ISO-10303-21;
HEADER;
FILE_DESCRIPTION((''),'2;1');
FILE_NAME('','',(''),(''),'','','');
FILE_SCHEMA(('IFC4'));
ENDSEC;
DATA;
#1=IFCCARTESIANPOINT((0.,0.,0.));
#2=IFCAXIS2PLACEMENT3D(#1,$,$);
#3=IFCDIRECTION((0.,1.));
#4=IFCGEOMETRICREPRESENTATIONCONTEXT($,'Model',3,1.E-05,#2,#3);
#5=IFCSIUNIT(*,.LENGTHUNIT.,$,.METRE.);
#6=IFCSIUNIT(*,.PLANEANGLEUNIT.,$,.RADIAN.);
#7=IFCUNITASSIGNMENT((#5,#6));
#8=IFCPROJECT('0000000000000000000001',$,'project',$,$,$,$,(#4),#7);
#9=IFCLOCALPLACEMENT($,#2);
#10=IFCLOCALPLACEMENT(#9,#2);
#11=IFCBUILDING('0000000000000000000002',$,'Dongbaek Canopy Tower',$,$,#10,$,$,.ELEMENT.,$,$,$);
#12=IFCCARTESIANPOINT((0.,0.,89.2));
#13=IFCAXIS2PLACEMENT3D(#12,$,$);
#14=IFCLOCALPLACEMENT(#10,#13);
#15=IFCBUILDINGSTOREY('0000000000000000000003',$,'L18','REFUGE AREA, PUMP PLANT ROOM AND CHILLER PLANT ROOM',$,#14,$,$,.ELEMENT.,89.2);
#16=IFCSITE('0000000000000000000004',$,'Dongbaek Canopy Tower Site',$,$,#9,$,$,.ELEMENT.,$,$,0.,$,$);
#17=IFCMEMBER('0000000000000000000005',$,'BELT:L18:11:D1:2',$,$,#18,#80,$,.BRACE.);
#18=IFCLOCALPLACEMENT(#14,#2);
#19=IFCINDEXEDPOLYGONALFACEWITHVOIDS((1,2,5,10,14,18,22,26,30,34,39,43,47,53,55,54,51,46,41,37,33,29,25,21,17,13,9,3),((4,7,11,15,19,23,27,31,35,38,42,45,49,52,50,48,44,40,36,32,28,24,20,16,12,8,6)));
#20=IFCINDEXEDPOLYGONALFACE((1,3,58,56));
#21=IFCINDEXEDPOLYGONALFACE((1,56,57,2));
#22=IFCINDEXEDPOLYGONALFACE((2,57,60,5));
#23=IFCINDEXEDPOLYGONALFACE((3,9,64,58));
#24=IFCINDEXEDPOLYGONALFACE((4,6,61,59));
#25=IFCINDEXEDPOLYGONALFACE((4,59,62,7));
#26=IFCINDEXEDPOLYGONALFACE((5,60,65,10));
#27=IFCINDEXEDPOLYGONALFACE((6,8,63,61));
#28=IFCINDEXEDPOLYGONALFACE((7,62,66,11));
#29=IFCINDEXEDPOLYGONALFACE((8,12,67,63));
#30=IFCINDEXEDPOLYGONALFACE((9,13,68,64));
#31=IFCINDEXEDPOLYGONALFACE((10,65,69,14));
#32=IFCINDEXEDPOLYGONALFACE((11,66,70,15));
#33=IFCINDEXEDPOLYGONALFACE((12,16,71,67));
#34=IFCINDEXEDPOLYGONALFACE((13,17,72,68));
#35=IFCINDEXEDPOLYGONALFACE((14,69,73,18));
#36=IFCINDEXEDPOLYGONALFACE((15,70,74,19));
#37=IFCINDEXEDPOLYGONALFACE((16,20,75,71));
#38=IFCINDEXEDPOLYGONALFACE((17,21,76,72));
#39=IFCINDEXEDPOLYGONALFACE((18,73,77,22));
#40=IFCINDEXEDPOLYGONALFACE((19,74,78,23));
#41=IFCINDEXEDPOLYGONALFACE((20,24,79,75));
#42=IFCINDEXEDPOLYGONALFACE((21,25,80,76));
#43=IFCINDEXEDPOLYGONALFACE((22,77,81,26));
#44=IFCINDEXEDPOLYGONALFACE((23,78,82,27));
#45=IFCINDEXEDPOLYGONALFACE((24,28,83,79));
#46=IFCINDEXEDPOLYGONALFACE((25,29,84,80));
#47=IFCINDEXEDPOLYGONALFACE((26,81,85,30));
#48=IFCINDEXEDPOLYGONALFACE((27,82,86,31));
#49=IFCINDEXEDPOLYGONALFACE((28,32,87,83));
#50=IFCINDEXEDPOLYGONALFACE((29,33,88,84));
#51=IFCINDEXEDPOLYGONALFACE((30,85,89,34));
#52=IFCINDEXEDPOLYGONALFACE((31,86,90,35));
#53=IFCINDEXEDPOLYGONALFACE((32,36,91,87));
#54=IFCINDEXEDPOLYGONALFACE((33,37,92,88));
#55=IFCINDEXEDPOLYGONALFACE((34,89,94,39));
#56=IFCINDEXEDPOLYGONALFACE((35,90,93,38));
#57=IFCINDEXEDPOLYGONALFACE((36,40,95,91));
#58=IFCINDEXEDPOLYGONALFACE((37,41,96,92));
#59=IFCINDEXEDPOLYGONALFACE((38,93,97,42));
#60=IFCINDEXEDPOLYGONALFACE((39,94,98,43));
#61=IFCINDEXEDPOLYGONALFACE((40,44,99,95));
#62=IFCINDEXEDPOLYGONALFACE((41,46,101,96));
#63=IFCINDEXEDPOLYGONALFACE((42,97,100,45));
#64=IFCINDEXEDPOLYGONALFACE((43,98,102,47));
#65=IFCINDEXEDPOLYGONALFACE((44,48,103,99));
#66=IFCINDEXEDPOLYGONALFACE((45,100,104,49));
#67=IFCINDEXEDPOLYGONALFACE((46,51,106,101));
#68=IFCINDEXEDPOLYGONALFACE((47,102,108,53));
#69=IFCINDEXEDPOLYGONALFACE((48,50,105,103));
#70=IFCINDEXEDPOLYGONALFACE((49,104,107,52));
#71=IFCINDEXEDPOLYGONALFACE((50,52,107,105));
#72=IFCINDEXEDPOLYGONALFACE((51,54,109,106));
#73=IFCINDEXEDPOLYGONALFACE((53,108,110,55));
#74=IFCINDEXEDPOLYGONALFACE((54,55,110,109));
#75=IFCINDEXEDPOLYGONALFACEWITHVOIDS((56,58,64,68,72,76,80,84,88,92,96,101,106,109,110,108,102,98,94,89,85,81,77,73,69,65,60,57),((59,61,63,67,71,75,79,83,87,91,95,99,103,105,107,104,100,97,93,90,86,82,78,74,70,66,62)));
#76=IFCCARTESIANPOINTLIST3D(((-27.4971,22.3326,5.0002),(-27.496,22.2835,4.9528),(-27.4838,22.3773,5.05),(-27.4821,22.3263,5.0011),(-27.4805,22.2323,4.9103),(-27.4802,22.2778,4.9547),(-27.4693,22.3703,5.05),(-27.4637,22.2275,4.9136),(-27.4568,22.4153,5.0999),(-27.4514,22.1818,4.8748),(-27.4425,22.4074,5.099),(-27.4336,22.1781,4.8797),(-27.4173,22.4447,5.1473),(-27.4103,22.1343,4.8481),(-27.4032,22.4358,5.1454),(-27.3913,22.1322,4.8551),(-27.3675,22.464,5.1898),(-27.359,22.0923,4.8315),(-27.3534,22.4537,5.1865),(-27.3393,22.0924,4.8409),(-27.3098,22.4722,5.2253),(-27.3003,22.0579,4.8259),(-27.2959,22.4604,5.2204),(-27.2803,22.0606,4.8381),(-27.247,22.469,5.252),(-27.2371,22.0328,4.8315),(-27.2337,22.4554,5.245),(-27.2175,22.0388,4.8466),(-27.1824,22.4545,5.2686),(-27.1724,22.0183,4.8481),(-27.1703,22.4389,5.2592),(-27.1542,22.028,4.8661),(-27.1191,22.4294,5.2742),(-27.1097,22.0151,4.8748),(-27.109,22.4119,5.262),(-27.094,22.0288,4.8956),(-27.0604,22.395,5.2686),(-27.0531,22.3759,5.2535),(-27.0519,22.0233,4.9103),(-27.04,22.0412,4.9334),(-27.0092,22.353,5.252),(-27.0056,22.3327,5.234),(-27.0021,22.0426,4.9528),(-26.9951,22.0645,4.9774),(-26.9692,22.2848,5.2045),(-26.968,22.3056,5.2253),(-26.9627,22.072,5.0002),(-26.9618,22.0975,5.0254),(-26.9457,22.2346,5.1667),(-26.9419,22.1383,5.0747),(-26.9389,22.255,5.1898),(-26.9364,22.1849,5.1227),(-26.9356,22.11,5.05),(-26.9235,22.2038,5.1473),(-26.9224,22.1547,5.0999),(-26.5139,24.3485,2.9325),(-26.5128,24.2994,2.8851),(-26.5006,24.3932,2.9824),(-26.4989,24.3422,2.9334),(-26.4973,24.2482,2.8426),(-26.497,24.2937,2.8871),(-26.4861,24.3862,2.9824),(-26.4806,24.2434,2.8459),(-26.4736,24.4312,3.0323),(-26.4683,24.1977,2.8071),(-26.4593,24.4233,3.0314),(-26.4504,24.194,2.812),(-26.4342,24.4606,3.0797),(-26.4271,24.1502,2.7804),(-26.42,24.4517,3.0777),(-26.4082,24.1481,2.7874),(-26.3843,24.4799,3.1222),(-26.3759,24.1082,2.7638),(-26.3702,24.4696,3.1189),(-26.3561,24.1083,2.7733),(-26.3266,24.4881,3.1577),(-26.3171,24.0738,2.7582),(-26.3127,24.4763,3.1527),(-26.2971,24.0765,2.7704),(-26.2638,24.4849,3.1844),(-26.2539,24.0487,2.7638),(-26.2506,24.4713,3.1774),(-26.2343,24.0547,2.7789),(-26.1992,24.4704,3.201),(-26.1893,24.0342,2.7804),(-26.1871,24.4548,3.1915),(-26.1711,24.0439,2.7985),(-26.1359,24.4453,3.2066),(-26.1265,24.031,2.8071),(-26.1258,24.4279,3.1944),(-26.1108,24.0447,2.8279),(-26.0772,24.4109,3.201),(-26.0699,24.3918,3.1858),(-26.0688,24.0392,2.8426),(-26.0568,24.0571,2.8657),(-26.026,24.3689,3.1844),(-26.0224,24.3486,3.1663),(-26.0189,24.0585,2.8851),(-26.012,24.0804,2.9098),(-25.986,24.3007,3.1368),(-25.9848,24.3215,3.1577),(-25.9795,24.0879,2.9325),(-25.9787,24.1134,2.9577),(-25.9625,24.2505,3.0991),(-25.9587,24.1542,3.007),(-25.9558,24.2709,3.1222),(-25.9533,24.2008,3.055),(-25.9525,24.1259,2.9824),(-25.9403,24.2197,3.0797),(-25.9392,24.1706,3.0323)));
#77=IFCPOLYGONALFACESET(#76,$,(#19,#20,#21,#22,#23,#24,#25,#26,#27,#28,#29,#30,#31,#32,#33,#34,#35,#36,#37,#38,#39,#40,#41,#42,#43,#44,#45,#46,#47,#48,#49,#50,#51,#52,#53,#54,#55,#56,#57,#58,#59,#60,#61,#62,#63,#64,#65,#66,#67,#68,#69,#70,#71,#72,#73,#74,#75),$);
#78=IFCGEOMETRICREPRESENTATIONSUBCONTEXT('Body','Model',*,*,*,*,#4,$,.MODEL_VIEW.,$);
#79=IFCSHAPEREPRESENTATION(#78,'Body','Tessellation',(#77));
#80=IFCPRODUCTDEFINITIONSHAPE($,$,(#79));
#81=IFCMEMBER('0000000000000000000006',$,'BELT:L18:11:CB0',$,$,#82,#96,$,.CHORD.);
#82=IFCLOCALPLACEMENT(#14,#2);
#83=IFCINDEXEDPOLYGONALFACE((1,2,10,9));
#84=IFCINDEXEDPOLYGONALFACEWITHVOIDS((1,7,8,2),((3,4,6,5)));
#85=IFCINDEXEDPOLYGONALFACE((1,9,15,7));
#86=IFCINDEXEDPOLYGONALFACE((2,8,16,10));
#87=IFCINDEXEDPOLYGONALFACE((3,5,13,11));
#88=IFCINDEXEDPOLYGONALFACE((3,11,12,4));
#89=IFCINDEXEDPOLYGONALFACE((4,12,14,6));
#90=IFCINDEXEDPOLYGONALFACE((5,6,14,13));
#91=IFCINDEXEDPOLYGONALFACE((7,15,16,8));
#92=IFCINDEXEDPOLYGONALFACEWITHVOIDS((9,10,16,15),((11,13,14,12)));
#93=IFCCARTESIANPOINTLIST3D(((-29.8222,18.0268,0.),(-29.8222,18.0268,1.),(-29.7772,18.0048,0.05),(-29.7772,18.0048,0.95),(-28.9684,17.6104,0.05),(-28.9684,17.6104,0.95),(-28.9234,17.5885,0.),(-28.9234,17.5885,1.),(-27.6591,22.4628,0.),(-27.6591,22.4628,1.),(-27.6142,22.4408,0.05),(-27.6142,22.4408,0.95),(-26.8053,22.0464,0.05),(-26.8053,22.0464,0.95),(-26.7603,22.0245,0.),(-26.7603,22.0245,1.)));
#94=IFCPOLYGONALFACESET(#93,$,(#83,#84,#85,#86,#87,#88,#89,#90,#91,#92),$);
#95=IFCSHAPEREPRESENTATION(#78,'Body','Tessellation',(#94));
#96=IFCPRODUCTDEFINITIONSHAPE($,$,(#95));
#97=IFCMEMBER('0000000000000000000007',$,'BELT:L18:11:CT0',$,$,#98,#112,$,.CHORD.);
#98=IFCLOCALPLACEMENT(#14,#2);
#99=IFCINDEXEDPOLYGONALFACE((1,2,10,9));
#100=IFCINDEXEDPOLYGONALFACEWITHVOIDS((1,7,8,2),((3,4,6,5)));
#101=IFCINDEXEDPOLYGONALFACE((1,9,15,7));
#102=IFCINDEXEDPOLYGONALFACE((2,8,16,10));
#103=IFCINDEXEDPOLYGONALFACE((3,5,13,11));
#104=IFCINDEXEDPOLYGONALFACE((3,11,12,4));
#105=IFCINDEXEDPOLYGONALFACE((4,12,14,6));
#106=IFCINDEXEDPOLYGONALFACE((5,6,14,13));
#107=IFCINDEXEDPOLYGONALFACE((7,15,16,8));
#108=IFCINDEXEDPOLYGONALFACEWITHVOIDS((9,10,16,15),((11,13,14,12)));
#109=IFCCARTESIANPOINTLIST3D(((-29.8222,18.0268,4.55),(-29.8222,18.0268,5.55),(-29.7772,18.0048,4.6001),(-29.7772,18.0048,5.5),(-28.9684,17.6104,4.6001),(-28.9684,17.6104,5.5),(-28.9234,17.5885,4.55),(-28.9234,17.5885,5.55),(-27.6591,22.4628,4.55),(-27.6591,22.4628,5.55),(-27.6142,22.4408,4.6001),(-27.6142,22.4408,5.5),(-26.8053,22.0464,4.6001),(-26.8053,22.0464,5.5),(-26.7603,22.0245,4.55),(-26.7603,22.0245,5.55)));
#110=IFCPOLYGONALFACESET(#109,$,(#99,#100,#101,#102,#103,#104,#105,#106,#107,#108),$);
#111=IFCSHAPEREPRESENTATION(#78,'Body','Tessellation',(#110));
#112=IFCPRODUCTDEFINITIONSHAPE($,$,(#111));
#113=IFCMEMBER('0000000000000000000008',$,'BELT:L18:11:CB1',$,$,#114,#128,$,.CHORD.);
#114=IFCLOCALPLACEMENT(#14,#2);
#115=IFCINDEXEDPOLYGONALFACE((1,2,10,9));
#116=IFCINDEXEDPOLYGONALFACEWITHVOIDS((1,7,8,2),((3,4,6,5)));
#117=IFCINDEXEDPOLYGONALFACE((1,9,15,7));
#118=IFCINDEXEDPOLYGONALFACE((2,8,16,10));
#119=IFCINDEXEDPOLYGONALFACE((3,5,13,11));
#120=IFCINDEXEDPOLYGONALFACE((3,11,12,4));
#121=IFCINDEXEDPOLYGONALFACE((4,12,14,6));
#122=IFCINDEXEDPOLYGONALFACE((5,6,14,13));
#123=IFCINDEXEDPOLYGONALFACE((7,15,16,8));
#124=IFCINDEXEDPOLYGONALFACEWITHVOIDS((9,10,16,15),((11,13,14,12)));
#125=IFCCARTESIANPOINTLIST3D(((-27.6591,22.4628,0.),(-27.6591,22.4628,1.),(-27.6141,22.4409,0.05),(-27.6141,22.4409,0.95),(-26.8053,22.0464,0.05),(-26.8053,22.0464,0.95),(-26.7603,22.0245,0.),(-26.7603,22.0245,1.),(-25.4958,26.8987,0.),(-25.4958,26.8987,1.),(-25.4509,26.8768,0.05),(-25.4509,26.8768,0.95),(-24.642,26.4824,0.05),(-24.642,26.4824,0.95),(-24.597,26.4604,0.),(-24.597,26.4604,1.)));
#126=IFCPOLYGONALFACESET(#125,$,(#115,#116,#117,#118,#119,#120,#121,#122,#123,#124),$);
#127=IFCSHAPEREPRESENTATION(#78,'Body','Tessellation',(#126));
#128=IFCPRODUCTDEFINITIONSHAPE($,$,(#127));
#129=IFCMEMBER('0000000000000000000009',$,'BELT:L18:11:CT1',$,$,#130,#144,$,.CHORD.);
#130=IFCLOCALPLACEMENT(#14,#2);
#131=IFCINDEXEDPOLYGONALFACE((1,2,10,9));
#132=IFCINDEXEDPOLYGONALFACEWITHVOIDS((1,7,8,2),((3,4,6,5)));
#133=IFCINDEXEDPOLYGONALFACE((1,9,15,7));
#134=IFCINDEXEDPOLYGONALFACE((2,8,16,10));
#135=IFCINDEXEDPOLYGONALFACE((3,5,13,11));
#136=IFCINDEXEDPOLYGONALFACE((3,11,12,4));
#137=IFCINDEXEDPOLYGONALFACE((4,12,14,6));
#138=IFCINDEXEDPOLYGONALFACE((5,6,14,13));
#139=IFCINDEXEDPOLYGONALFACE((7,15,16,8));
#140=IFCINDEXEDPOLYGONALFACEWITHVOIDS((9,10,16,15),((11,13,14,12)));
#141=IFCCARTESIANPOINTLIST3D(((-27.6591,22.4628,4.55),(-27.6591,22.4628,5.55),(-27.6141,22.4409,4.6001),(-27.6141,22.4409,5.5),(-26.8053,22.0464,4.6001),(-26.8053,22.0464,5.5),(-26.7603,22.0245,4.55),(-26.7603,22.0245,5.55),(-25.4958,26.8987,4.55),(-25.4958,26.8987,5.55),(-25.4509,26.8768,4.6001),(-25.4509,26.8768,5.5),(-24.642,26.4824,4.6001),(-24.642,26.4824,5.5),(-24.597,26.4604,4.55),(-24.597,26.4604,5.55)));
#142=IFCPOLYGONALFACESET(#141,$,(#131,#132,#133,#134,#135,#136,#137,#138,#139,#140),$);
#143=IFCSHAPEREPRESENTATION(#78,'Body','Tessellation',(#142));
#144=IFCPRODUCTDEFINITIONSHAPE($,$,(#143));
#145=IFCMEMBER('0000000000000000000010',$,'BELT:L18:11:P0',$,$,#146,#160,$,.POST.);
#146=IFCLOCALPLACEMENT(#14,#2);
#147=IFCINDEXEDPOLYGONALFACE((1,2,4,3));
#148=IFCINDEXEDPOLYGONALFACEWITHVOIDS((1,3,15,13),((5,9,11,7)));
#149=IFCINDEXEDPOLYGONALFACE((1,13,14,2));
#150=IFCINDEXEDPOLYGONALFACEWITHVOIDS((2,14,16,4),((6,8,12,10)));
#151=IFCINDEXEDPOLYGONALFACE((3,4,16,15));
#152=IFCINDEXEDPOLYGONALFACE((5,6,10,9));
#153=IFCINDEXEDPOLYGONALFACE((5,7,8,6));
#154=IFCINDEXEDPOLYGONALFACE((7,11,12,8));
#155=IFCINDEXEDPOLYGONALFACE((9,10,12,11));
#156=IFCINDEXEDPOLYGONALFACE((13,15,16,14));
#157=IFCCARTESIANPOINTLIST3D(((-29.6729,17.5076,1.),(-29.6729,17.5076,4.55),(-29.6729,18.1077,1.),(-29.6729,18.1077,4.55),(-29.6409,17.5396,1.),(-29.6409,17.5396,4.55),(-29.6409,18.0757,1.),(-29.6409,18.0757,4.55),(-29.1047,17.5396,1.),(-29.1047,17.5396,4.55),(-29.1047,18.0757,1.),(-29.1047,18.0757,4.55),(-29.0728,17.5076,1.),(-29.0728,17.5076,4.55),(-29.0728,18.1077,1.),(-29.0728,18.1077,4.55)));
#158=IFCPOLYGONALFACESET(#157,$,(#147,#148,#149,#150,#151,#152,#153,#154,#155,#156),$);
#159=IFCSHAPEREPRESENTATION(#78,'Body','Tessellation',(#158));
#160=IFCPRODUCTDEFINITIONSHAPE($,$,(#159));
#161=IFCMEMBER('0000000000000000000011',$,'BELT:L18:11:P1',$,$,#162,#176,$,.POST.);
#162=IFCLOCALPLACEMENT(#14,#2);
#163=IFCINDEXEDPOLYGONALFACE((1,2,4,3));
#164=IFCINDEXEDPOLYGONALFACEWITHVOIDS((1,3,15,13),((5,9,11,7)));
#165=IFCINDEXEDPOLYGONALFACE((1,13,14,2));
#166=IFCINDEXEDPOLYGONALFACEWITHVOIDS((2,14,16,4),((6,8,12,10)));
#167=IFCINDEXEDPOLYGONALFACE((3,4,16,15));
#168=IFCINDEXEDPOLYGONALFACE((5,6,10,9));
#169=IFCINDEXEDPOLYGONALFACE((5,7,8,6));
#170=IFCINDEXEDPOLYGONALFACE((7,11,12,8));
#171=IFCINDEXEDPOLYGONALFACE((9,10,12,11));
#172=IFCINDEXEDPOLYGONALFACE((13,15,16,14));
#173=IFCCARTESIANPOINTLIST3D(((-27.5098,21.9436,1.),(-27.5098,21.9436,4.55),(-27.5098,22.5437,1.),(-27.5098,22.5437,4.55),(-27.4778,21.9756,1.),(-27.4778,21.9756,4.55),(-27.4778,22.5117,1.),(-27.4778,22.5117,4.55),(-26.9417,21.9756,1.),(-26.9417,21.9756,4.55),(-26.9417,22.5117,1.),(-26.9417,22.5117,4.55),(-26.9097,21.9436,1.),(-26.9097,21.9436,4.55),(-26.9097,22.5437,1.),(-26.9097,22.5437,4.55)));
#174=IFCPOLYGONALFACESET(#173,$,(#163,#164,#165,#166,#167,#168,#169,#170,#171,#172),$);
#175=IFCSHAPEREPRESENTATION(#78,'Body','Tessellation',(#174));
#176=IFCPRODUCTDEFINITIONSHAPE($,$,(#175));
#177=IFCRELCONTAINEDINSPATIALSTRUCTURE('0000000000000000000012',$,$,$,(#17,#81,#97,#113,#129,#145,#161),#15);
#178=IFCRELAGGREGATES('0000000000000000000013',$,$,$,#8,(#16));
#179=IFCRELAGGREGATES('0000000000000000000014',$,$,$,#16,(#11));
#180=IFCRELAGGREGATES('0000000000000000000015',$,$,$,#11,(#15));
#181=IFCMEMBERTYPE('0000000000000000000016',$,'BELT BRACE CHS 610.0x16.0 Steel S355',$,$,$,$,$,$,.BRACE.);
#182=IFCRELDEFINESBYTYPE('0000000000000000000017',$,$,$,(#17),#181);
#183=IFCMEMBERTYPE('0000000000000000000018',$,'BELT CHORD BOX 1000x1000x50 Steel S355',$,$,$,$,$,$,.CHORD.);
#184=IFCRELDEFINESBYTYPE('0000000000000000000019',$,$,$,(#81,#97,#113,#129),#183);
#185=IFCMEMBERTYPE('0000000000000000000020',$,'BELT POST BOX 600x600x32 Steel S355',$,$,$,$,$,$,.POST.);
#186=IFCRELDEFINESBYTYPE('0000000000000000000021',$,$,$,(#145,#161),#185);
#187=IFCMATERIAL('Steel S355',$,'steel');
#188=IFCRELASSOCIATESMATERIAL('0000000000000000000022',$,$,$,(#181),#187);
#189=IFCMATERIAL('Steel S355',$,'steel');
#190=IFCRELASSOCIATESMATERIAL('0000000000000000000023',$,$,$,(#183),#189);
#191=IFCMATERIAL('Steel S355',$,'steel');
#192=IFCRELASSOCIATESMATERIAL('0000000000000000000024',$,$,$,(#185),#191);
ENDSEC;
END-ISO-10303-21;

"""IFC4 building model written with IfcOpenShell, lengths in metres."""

from ifc_helpers import new_model, si_unit, direction, frame, origin, origin_2d, place, context, subcontext, project, spatial, hollow_rectangle, hollow_circle, extrude, material, material_profile, profile_set, type_object, element, save


model = new_model("IFC4")

# Units and contexts
model_context = context("Model", 3, precision=1e-05, world=origin(), true_north=direction((0.0, 1.0)))
body_context = subcontext(model_context, "Body", "Model", "MODEL_VIEW")
ifc_project = project(units=[si_unit("LENGTHUNIT", "METRE"), si_unit("PLANEANGLEUNIT", "RADIAN")], contexts=[model_context])

# Site, building, storey
site_placement = place(None, origin())
site = spatial("IfcSite", under=ifc_project, at=site_placement, Name="Dongbaek Canopy Tower Site", CompositionType="ELEMENT", RefElevation=0.0)
building_placement = place(site_placement, origin())
building = spatial("IfcBuilding", under=site, at=building_placement, Name="Dongbaek Canopy Tower", CompositionType="ELEMENT")
storey_placement = place(building_placement, frame((0.0, 0.0, 89.2)))
storey = spatial("IfcBuildingStorey", under=building, at=storey_placement, Name="L18", Description="REFUGE AREA, PUMP PLANT ROOM AND CHILLER PLANT ROOM", CompositionType="ELEMENT", Elevation=89.2)

# Members
ifc_material_1 = material(Name="Steel S355", Category="steel")
ifc_material_profile_1 = material_profile(ifc_material_1, hollow_circle(Radius=0.3049, WallThickness=0.0161, at=origin_2d()), Name="BELT BRACE CHS 610.0x16.0 Steel S355")
ifc_profile_set_1 = profile_set([ifc_material_profile_1], Name="Steel S355")
member_type_1 = type_object("IfcMemberType", Name="BELT BRACE CHS 610.0x16.0 Steel S355", PredefinedType="BRACE", material=ifc_profile_set_1)
member_1_placement = place(storey_placement, frame((-27.2097, 22.2437, 5.05), z_axis=(0.322295, 0.660838, -0.677805), x_axis=(-0.898803, 0.438353, 0.0)))
element("IfcMember", 1, at=member_1_placement, inside=storey, type_object=member_type_1, Name="BELT:L18:11:D1:2", PredefinedType="BRACE", context=body_context, shape_type="SweptSolid", body=[
    extrude(hollow_circle(Radius=0.3049, WallThickness=0.0161, at=origin_2d()), origin(), (0.0, 0.0, 1.0), 3.0505),
])
ifc_material_2 = material(Name="Steel S355", Category="steel")
ifc_material_profile_2 = material_profile(ifc_material_2, hollow_rectangle(XDim=1.0, YDim=1.0, WallThickness=0.05, at=origin_2d()), Name="BELT CHORD BOX 1000x1000x50 Steel S355")
ifc_profile_set_2 = profile_set([ifc_material_profile_2], Name="Steel S355")
member_type_2 = type_object("IfcMemberType", Name="BELT CHORD BOX 1000x1000x50 Steel S355", PredefinedType="CHORD", material=ifc_profile_set_2)
for number, where, z_axis, x_axis, name in (
    (2, (-29.3728, 17.8076, 0.5), (0.438287, 0.898835, 0.0), (-0.898835, 0.438287, 0.0), "BELT:L18:11:CB0"),
    (3, (-29.3728, 17.8076, 5.05), (0.438287, 0.898835, 0.0), (-0.898835, 0.438287, 0.0), "BELT:L18:11:CT0"),
    (4, (-27.2097, 22.2437, 0.5), (0.438327, 0.898816, 0.0), (-0.898816, 0.438327, 0.0), "BELT:L18:11:CB1"),
    (5, (-27.2097, 22.2437, 5.05), (0.438327, 0.898816, 0.0), (-0.898816, 0.438327, 0.0), "BELT:L18:11:CT1"),
):
    element("IfcMember", number, at=place(storey_placement, frame(where, z_axis=z_axis, x_axis=x_axis)), inside=storey, type_object=member_type_2, Name=name, PredefinedType="CHORD", context=body_context, shape_type="SweptSolid", body=[
        extrude(hollow_rectangle(XDim=1.0, YDim=1.0, WallThickness=0.05, at=origin_2d()), origin(), (0.0, 0.0, 1.0), 4.9353),
    ])
ifc_material_3 = material(Name="Steel S355", Category="steel")
ifc_material_profile_3 = material_profile(ifc_material_3, hollow_rectangle(XDim=0.6001, YDim=0.6001, WallThickness=0.032, at=origin_2d()), Name="BELT POST BOX 600x600x32 Steel S355")
ifc_profile_set_3 = profile_set([ifc_material_profile_3], Name="Steel S355")
member_type_3 = type_object("IfcMemberType", Name="BELT POST BOX 600x600x32 Steel S355", PredefinedType="POST", material=ifc_profile_set_3)
for number, where, z_axis, x_axis, name in (
    (6, (-29.3728, 17.8076, 1.0), (0.0, 0.0, 1.0), (1.0, 0.0, 0.0), "BELT:L18:11:P0"),
    (7, (-27.2097, 22.2437, 1.0), (0.0, 0.0, 1.0), (1.0, 0.0, 0.0), "BELT:L18:11:P1"),
):
    element("IfcMember", number, at=place(storey_placement, frame(where, z_axis=z_axis, x_axis=x_axis)), inside=storey, type_object=member_type_3, Name=name, PredefinedType="POST", context=body_context, shape_type="SweptSolid", body=[
        extrude(hollow_rectangle(XDim=0.6001, YDim=0.6001, WallThickness=0.032, at=origin_2d()), origin(), (0.0, 0.0, 1.0), 3.55),
    ])

save(model, "model.ifc")
